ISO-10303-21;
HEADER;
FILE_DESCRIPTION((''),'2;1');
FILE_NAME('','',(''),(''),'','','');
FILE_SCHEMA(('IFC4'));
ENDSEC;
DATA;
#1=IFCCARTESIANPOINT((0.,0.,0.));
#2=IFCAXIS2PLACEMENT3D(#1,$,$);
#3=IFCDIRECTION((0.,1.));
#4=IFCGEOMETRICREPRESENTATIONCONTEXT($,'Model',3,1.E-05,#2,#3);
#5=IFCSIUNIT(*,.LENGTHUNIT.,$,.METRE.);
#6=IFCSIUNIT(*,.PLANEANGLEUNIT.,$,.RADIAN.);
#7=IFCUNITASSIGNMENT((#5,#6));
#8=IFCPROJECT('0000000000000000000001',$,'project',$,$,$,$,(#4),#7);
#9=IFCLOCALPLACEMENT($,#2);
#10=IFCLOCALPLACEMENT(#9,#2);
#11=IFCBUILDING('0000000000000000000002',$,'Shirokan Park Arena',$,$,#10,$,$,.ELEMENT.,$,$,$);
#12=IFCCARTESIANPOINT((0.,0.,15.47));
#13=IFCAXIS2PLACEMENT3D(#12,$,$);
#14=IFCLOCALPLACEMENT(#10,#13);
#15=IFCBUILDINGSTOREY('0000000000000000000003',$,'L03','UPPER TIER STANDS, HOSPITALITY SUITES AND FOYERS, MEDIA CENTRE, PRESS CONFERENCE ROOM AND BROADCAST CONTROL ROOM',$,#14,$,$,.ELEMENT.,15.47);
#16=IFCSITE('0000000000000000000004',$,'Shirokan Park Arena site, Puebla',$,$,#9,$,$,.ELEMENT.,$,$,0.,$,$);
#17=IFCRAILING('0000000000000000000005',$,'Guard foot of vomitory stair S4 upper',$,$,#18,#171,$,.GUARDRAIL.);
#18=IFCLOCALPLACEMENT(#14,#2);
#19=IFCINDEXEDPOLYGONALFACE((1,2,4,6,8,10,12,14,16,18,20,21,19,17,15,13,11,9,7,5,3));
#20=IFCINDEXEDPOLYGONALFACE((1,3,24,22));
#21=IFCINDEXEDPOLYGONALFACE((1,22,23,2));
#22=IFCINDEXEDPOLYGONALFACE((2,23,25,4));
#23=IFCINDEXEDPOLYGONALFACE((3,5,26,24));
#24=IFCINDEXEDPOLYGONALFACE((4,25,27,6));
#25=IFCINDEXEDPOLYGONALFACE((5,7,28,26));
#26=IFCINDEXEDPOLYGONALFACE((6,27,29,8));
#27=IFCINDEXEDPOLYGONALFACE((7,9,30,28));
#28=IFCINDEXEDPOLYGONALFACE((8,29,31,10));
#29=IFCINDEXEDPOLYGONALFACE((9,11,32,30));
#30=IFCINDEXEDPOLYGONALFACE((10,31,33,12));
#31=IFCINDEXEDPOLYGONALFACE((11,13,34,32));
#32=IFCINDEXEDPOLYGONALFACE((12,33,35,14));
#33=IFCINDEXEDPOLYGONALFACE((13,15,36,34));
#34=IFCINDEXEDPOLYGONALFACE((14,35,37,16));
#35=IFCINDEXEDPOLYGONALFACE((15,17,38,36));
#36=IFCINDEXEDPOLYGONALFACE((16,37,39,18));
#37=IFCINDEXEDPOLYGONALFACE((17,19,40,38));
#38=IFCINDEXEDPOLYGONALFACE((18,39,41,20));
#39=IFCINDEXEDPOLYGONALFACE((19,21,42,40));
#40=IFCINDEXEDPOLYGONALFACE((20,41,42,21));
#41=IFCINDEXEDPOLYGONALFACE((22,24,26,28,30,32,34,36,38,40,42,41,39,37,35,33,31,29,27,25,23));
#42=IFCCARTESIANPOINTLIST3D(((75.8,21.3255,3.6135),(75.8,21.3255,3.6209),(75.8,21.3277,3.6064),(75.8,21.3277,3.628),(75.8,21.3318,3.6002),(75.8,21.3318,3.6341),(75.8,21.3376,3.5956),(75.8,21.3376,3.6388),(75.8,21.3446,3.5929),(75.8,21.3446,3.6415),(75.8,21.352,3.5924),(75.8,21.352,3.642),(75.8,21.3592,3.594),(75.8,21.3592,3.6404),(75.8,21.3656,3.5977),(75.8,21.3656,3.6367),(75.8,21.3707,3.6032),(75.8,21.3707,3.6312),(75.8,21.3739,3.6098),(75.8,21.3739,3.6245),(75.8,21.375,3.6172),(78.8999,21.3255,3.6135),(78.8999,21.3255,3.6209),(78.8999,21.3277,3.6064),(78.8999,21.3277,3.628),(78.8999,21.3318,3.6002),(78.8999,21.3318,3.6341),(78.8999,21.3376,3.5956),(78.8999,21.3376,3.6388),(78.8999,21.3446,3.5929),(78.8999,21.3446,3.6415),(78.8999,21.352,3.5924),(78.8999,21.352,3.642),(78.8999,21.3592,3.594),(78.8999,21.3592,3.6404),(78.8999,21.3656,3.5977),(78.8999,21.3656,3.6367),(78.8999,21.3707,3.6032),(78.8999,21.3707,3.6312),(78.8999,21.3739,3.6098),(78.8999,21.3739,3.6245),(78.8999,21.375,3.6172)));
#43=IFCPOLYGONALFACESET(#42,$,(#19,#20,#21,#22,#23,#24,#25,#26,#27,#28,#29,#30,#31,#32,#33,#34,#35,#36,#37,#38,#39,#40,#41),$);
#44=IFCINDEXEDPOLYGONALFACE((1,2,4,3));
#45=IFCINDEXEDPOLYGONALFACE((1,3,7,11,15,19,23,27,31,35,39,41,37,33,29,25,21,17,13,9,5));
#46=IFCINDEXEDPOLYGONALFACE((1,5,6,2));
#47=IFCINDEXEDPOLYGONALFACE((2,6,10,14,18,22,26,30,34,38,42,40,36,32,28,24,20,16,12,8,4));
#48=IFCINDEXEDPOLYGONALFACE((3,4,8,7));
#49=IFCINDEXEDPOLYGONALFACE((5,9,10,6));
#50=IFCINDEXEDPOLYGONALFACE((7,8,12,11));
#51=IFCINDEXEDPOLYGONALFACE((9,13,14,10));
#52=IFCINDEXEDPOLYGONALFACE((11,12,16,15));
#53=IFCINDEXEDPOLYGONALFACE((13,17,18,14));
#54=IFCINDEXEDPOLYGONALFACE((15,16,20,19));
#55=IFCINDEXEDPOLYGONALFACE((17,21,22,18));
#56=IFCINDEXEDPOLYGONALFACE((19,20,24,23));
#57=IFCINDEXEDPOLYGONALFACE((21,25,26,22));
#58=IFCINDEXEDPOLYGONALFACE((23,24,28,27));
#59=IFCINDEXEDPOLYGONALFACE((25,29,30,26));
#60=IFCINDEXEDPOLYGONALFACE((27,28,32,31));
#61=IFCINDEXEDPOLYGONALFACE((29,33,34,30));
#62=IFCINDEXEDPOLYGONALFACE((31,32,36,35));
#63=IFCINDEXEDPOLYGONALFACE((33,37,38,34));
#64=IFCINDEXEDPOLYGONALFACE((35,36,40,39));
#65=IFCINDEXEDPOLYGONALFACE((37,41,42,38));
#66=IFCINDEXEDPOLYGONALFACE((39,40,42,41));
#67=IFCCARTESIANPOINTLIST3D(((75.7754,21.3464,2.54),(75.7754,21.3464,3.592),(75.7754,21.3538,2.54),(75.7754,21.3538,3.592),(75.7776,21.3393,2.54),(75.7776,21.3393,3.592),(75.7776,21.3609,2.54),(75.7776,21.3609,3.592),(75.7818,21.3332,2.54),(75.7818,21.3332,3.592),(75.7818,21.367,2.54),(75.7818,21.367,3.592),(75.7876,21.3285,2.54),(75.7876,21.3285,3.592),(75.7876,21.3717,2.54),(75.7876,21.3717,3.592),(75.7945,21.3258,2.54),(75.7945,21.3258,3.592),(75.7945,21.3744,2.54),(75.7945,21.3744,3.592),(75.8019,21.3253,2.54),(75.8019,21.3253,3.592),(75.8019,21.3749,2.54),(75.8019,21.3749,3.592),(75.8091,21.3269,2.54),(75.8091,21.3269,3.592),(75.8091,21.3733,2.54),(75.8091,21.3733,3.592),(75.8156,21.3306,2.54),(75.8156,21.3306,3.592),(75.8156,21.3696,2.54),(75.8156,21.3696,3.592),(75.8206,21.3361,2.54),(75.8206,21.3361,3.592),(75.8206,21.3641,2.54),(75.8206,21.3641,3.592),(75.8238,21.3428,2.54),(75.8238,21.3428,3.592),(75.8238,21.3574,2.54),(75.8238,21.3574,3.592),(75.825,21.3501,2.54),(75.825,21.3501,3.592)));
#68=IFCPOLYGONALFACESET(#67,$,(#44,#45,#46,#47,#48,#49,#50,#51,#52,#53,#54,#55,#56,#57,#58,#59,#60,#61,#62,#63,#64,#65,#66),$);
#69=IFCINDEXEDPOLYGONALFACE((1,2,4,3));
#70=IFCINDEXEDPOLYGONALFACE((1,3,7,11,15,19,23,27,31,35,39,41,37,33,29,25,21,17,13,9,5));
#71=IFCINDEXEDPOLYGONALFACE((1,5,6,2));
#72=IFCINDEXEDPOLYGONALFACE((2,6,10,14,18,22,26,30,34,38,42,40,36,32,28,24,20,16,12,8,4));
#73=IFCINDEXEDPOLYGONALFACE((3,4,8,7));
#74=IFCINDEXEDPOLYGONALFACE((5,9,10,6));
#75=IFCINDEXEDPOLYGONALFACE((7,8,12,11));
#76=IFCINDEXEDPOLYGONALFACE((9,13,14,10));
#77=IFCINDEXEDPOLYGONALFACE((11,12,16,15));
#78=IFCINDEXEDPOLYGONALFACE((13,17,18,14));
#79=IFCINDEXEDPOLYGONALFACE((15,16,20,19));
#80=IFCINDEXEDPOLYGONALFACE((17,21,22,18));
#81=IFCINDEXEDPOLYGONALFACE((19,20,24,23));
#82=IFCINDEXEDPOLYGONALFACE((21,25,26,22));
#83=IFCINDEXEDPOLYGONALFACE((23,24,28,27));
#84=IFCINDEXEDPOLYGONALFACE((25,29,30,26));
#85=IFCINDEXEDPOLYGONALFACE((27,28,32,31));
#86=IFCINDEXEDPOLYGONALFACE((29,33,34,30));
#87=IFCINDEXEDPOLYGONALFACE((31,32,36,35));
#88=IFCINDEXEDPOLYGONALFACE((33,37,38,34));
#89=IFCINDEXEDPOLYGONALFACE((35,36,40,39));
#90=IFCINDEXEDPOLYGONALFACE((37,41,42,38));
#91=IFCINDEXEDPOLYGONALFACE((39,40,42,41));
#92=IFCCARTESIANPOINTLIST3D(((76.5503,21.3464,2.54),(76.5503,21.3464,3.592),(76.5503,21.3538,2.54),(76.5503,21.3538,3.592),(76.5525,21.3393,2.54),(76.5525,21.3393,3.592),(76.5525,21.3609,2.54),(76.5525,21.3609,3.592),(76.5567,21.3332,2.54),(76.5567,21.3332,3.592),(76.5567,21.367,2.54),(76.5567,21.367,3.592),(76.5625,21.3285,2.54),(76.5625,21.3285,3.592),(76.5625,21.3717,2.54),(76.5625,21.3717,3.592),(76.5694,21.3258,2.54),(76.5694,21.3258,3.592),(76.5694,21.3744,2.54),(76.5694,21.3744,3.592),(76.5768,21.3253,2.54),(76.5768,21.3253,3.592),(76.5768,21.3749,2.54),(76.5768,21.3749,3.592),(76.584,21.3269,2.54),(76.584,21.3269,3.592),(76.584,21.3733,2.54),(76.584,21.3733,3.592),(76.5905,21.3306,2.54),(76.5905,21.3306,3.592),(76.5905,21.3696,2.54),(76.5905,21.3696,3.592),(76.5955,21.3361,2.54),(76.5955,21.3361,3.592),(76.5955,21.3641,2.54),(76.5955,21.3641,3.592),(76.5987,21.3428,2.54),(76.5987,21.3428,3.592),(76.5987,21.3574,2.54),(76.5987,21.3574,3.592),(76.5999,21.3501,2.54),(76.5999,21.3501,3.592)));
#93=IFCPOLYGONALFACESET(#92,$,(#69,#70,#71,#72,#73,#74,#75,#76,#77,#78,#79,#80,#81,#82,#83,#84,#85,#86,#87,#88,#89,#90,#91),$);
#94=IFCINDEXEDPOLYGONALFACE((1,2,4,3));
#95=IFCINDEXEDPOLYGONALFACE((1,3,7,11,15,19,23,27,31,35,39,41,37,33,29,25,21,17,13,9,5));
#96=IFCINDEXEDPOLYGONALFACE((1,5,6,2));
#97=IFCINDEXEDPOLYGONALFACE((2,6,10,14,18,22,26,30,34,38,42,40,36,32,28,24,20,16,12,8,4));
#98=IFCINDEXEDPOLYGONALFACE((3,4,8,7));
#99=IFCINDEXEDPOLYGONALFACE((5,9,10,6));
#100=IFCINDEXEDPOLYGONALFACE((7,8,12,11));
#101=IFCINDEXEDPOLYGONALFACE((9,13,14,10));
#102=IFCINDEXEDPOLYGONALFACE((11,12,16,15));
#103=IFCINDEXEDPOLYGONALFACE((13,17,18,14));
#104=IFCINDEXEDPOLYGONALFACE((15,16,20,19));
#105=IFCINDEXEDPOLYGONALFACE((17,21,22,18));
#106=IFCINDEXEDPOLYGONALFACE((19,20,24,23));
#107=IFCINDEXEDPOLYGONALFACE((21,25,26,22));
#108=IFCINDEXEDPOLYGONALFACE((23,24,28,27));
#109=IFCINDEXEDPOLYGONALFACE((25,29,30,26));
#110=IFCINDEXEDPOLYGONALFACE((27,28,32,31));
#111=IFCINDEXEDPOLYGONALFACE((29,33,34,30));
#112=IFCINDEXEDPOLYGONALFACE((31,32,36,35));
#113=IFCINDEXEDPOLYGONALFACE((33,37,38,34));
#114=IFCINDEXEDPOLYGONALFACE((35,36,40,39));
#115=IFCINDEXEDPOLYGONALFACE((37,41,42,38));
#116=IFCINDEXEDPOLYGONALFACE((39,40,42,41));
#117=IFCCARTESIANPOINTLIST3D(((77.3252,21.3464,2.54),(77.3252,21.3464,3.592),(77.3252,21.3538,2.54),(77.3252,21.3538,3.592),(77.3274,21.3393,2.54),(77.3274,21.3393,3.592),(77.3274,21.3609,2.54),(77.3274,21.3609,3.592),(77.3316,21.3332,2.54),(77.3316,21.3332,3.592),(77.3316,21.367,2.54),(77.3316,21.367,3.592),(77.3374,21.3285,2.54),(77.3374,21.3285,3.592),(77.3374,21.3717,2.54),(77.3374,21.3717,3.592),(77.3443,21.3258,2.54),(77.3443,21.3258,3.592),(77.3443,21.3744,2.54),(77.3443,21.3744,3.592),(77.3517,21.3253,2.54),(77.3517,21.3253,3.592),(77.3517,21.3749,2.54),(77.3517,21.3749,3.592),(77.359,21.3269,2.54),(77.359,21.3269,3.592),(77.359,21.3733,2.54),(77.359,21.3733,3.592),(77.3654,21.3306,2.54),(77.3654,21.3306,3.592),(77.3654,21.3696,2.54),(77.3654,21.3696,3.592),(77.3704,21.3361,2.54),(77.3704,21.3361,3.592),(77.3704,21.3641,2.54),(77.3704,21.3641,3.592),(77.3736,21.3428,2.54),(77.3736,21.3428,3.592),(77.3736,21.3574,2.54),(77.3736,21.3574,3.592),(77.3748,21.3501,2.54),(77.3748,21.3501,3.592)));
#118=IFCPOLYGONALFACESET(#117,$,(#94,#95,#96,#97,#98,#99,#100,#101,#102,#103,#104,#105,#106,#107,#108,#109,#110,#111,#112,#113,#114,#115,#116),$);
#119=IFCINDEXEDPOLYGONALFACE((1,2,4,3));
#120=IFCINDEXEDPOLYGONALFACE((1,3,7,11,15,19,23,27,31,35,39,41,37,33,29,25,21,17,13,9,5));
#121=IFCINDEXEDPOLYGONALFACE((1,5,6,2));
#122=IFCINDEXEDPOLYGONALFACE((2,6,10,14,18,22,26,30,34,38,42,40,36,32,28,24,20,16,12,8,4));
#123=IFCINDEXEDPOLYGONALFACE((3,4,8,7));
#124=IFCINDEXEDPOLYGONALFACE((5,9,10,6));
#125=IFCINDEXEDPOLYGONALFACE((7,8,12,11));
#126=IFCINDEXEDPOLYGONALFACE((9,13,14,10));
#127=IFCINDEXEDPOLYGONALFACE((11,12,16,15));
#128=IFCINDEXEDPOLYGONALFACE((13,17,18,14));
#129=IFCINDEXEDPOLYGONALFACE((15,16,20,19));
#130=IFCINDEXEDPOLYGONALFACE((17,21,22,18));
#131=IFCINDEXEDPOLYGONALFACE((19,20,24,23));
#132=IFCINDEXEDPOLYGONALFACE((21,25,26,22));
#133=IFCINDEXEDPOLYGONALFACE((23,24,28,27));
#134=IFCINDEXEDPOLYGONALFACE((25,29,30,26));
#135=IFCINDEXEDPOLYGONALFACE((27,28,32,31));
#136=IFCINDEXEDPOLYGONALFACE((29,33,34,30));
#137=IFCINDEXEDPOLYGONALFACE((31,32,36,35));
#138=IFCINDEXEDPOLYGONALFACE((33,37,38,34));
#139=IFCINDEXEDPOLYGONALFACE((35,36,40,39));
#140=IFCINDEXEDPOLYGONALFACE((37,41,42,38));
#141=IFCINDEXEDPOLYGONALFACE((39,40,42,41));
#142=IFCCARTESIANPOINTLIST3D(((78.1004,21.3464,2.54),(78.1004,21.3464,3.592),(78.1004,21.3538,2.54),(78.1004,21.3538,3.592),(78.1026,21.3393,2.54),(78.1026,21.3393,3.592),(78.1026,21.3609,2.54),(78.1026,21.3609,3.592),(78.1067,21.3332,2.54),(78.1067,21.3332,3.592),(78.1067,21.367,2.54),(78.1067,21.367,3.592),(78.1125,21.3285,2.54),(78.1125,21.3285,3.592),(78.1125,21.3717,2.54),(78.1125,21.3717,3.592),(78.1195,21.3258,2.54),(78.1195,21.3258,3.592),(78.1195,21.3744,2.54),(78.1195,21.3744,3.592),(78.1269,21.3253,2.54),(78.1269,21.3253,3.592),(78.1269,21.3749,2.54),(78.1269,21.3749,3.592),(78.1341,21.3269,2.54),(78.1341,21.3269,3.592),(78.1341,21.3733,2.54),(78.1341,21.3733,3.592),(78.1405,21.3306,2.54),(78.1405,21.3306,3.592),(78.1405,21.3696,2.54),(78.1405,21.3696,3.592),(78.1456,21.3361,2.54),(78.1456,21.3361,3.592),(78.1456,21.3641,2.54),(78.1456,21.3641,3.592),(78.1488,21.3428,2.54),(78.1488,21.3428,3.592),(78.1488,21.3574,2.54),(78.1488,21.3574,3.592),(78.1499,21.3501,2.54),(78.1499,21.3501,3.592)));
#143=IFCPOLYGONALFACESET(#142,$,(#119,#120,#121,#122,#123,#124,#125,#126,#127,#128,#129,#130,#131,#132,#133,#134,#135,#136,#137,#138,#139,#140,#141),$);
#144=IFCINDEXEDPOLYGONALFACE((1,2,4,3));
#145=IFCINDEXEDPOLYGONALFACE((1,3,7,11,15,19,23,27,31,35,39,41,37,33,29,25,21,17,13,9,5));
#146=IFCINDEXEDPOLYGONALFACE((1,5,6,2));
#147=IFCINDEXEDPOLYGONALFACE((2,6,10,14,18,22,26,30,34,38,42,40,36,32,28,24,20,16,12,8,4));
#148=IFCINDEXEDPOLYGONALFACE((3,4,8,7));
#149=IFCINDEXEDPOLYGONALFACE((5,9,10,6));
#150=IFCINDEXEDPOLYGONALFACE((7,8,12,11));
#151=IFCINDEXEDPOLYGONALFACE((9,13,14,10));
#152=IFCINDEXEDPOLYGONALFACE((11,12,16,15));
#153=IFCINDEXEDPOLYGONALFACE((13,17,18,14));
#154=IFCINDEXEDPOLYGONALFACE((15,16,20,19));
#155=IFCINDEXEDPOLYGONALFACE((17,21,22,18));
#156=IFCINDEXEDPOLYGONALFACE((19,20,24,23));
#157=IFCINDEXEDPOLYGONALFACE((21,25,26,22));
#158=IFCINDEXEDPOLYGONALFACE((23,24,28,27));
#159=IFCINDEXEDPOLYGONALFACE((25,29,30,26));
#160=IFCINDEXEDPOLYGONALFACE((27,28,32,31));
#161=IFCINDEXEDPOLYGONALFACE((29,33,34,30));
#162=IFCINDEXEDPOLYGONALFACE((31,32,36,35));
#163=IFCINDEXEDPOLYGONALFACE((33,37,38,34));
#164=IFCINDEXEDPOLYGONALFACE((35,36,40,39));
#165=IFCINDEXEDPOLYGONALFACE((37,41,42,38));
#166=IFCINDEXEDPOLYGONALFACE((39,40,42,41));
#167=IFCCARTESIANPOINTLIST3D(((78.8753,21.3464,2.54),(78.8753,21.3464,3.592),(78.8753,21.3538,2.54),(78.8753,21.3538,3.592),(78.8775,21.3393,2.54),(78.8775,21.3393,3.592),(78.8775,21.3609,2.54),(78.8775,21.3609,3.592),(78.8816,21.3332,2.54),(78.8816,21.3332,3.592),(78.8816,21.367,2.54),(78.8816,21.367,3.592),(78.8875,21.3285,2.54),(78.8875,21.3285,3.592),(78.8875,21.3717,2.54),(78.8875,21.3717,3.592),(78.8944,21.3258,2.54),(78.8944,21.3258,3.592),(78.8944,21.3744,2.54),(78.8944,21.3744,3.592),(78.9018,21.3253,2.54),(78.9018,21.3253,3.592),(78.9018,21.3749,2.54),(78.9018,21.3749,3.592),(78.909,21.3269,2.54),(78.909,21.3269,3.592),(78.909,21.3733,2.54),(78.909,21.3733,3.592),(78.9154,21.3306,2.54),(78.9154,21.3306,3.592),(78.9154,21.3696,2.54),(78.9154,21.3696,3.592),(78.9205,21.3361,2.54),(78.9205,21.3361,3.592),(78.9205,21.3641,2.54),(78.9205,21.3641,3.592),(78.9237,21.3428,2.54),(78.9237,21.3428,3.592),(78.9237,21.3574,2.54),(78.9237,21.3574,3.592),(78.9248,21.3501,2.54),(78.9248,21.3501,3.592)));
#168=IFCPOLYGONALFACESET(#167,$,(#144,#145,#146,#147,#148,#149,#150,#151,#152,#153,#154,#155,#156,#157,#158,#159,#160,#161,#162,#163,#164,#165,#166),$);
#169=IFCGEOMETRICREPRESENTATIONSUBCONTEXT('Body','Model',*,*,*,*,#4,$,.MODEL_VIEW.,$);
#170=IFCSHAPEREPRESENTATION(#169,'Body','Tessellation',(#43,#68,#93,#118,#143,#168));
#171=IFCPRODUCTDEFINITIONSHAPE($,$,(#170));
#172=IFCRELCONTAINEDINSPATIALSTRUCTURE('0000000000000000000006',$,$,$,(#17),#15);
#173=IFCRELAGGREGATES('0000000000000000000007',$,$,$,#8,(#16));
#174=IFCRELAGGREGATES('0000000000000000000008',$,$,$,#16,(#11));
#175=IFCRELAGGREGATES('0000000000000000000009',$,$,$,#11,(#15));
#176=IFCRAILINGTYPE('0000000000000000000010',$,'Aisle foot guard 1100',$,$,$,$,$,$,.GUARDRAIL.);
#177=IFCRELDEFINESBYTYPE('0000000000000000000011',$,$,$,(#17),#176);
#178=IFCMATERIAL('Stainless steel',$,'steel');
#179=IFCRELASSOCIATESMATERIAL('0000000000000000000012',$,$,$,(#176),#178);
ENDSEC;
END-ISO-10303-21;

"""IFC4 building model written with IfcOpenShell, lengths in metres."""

from ifc_helpers import new_model, si_unit, direction, frame, origin, origin_2d, place, context, subcontext, project, spatial, circle, extrude, material, type_object, element, save


model = new_model("IFC4")

# Units and contexts
model_context = context("Model", 3, precision=1e-05, world=origin(), true_north=direction((0.0, 1.0)))
body_context = subcontext(model_context, "Body", "Model", "MODEL_VIEW")
ifc_project = project(units=[si_unit("LENGTHUNIT", "METRE"), si_unit("PLANEANGLEUNIT", "RADIAN")], contexts=[model_context])

# Site, building, storey
site_placement = place(None, origin())
site = spatial("IfcSite", under=ifc_project, at=site_placement, Name="Shirokan Park Arena site, Puebla", CompositionType="ELEMENT", RefElevation=0.0)
building_placement = place(site_placement, origin())
building = spatial("IfcBuilding", under=site, at=building_placement, Name="Shirokan Park Arena", CompositionType="ELEMENT")
storey_placement = place(building_placement, frame((0.0, 0.0, 15.47)))
storey = spatial("IfcBuildingStorey", under=building, at=storey_placement, Name="L03", Description="UPPER TIER STANDS, HOSPITALITY SUITES AND FOYERS, MEDIA CENTRE, PRESS CONFERENCE ROOM AND BROADCAST CONTROL ROOM", CompositionType="ELEMENT", Elevation=15.47)

# Railing
ifc_material_1 = material(Name="Stainless steel", Category="steel")
railing_type_1 = type_object("IfcRailingType", Name="Aisle foot guard 1100", PredefinedType="GUARDRAIL", material=ifc_material_1)
railing_1_placement = place(storey_placement, frame((75.8, 21.3501, 2.54)))
element("IfcRailing", 1, at=railing_1_placement, inside=storey, type_object=railing_type_1, Name="Guard foot of vomitory stair S4 upper", PredefinedType="GUARDRAIL", context=body_context, shape_type="SweptSolid", body=[
    extrude(circle(Radius=0.0249, at=origin_2d()), frame((0.0, 0.0, 1.0771), z_axis=(1.0, 0.0, 0.0), x_axis=(0.0, 1.0, 0.0)), (0.0, 0.0, 1.0), 3.0999),
    extrude(circle(Radius=0.0249, at=origin_2d()), origin(), (0.0, 0.0, 1.0), 1.052),
    extrude(circle(Radius=0.0249, at=origin_2d()), frame((0.7749, 0.0, 0.0)), (0.0, 0.0, 1.0), 1.052),
    extrude(circle(Radius=0.0249, at=origin_2d()), frame((1.5498, 0.0, 0.0)), (0.0, 0.0, 1.0), 1.052),
    extrude(circle(Radius=0.0249, at=origin_2d()), frame((2.325, 0.0, 0.0)), (0.0, 0.0, 1.0), 1.052),
    extrude(circle(Radius=0.0249, at=origin_2d()), frame((3.0999, 0.0, 0.0)), (0.0, 0.0, 1.0), 1.052),
])

save(model, "model.ifc")
